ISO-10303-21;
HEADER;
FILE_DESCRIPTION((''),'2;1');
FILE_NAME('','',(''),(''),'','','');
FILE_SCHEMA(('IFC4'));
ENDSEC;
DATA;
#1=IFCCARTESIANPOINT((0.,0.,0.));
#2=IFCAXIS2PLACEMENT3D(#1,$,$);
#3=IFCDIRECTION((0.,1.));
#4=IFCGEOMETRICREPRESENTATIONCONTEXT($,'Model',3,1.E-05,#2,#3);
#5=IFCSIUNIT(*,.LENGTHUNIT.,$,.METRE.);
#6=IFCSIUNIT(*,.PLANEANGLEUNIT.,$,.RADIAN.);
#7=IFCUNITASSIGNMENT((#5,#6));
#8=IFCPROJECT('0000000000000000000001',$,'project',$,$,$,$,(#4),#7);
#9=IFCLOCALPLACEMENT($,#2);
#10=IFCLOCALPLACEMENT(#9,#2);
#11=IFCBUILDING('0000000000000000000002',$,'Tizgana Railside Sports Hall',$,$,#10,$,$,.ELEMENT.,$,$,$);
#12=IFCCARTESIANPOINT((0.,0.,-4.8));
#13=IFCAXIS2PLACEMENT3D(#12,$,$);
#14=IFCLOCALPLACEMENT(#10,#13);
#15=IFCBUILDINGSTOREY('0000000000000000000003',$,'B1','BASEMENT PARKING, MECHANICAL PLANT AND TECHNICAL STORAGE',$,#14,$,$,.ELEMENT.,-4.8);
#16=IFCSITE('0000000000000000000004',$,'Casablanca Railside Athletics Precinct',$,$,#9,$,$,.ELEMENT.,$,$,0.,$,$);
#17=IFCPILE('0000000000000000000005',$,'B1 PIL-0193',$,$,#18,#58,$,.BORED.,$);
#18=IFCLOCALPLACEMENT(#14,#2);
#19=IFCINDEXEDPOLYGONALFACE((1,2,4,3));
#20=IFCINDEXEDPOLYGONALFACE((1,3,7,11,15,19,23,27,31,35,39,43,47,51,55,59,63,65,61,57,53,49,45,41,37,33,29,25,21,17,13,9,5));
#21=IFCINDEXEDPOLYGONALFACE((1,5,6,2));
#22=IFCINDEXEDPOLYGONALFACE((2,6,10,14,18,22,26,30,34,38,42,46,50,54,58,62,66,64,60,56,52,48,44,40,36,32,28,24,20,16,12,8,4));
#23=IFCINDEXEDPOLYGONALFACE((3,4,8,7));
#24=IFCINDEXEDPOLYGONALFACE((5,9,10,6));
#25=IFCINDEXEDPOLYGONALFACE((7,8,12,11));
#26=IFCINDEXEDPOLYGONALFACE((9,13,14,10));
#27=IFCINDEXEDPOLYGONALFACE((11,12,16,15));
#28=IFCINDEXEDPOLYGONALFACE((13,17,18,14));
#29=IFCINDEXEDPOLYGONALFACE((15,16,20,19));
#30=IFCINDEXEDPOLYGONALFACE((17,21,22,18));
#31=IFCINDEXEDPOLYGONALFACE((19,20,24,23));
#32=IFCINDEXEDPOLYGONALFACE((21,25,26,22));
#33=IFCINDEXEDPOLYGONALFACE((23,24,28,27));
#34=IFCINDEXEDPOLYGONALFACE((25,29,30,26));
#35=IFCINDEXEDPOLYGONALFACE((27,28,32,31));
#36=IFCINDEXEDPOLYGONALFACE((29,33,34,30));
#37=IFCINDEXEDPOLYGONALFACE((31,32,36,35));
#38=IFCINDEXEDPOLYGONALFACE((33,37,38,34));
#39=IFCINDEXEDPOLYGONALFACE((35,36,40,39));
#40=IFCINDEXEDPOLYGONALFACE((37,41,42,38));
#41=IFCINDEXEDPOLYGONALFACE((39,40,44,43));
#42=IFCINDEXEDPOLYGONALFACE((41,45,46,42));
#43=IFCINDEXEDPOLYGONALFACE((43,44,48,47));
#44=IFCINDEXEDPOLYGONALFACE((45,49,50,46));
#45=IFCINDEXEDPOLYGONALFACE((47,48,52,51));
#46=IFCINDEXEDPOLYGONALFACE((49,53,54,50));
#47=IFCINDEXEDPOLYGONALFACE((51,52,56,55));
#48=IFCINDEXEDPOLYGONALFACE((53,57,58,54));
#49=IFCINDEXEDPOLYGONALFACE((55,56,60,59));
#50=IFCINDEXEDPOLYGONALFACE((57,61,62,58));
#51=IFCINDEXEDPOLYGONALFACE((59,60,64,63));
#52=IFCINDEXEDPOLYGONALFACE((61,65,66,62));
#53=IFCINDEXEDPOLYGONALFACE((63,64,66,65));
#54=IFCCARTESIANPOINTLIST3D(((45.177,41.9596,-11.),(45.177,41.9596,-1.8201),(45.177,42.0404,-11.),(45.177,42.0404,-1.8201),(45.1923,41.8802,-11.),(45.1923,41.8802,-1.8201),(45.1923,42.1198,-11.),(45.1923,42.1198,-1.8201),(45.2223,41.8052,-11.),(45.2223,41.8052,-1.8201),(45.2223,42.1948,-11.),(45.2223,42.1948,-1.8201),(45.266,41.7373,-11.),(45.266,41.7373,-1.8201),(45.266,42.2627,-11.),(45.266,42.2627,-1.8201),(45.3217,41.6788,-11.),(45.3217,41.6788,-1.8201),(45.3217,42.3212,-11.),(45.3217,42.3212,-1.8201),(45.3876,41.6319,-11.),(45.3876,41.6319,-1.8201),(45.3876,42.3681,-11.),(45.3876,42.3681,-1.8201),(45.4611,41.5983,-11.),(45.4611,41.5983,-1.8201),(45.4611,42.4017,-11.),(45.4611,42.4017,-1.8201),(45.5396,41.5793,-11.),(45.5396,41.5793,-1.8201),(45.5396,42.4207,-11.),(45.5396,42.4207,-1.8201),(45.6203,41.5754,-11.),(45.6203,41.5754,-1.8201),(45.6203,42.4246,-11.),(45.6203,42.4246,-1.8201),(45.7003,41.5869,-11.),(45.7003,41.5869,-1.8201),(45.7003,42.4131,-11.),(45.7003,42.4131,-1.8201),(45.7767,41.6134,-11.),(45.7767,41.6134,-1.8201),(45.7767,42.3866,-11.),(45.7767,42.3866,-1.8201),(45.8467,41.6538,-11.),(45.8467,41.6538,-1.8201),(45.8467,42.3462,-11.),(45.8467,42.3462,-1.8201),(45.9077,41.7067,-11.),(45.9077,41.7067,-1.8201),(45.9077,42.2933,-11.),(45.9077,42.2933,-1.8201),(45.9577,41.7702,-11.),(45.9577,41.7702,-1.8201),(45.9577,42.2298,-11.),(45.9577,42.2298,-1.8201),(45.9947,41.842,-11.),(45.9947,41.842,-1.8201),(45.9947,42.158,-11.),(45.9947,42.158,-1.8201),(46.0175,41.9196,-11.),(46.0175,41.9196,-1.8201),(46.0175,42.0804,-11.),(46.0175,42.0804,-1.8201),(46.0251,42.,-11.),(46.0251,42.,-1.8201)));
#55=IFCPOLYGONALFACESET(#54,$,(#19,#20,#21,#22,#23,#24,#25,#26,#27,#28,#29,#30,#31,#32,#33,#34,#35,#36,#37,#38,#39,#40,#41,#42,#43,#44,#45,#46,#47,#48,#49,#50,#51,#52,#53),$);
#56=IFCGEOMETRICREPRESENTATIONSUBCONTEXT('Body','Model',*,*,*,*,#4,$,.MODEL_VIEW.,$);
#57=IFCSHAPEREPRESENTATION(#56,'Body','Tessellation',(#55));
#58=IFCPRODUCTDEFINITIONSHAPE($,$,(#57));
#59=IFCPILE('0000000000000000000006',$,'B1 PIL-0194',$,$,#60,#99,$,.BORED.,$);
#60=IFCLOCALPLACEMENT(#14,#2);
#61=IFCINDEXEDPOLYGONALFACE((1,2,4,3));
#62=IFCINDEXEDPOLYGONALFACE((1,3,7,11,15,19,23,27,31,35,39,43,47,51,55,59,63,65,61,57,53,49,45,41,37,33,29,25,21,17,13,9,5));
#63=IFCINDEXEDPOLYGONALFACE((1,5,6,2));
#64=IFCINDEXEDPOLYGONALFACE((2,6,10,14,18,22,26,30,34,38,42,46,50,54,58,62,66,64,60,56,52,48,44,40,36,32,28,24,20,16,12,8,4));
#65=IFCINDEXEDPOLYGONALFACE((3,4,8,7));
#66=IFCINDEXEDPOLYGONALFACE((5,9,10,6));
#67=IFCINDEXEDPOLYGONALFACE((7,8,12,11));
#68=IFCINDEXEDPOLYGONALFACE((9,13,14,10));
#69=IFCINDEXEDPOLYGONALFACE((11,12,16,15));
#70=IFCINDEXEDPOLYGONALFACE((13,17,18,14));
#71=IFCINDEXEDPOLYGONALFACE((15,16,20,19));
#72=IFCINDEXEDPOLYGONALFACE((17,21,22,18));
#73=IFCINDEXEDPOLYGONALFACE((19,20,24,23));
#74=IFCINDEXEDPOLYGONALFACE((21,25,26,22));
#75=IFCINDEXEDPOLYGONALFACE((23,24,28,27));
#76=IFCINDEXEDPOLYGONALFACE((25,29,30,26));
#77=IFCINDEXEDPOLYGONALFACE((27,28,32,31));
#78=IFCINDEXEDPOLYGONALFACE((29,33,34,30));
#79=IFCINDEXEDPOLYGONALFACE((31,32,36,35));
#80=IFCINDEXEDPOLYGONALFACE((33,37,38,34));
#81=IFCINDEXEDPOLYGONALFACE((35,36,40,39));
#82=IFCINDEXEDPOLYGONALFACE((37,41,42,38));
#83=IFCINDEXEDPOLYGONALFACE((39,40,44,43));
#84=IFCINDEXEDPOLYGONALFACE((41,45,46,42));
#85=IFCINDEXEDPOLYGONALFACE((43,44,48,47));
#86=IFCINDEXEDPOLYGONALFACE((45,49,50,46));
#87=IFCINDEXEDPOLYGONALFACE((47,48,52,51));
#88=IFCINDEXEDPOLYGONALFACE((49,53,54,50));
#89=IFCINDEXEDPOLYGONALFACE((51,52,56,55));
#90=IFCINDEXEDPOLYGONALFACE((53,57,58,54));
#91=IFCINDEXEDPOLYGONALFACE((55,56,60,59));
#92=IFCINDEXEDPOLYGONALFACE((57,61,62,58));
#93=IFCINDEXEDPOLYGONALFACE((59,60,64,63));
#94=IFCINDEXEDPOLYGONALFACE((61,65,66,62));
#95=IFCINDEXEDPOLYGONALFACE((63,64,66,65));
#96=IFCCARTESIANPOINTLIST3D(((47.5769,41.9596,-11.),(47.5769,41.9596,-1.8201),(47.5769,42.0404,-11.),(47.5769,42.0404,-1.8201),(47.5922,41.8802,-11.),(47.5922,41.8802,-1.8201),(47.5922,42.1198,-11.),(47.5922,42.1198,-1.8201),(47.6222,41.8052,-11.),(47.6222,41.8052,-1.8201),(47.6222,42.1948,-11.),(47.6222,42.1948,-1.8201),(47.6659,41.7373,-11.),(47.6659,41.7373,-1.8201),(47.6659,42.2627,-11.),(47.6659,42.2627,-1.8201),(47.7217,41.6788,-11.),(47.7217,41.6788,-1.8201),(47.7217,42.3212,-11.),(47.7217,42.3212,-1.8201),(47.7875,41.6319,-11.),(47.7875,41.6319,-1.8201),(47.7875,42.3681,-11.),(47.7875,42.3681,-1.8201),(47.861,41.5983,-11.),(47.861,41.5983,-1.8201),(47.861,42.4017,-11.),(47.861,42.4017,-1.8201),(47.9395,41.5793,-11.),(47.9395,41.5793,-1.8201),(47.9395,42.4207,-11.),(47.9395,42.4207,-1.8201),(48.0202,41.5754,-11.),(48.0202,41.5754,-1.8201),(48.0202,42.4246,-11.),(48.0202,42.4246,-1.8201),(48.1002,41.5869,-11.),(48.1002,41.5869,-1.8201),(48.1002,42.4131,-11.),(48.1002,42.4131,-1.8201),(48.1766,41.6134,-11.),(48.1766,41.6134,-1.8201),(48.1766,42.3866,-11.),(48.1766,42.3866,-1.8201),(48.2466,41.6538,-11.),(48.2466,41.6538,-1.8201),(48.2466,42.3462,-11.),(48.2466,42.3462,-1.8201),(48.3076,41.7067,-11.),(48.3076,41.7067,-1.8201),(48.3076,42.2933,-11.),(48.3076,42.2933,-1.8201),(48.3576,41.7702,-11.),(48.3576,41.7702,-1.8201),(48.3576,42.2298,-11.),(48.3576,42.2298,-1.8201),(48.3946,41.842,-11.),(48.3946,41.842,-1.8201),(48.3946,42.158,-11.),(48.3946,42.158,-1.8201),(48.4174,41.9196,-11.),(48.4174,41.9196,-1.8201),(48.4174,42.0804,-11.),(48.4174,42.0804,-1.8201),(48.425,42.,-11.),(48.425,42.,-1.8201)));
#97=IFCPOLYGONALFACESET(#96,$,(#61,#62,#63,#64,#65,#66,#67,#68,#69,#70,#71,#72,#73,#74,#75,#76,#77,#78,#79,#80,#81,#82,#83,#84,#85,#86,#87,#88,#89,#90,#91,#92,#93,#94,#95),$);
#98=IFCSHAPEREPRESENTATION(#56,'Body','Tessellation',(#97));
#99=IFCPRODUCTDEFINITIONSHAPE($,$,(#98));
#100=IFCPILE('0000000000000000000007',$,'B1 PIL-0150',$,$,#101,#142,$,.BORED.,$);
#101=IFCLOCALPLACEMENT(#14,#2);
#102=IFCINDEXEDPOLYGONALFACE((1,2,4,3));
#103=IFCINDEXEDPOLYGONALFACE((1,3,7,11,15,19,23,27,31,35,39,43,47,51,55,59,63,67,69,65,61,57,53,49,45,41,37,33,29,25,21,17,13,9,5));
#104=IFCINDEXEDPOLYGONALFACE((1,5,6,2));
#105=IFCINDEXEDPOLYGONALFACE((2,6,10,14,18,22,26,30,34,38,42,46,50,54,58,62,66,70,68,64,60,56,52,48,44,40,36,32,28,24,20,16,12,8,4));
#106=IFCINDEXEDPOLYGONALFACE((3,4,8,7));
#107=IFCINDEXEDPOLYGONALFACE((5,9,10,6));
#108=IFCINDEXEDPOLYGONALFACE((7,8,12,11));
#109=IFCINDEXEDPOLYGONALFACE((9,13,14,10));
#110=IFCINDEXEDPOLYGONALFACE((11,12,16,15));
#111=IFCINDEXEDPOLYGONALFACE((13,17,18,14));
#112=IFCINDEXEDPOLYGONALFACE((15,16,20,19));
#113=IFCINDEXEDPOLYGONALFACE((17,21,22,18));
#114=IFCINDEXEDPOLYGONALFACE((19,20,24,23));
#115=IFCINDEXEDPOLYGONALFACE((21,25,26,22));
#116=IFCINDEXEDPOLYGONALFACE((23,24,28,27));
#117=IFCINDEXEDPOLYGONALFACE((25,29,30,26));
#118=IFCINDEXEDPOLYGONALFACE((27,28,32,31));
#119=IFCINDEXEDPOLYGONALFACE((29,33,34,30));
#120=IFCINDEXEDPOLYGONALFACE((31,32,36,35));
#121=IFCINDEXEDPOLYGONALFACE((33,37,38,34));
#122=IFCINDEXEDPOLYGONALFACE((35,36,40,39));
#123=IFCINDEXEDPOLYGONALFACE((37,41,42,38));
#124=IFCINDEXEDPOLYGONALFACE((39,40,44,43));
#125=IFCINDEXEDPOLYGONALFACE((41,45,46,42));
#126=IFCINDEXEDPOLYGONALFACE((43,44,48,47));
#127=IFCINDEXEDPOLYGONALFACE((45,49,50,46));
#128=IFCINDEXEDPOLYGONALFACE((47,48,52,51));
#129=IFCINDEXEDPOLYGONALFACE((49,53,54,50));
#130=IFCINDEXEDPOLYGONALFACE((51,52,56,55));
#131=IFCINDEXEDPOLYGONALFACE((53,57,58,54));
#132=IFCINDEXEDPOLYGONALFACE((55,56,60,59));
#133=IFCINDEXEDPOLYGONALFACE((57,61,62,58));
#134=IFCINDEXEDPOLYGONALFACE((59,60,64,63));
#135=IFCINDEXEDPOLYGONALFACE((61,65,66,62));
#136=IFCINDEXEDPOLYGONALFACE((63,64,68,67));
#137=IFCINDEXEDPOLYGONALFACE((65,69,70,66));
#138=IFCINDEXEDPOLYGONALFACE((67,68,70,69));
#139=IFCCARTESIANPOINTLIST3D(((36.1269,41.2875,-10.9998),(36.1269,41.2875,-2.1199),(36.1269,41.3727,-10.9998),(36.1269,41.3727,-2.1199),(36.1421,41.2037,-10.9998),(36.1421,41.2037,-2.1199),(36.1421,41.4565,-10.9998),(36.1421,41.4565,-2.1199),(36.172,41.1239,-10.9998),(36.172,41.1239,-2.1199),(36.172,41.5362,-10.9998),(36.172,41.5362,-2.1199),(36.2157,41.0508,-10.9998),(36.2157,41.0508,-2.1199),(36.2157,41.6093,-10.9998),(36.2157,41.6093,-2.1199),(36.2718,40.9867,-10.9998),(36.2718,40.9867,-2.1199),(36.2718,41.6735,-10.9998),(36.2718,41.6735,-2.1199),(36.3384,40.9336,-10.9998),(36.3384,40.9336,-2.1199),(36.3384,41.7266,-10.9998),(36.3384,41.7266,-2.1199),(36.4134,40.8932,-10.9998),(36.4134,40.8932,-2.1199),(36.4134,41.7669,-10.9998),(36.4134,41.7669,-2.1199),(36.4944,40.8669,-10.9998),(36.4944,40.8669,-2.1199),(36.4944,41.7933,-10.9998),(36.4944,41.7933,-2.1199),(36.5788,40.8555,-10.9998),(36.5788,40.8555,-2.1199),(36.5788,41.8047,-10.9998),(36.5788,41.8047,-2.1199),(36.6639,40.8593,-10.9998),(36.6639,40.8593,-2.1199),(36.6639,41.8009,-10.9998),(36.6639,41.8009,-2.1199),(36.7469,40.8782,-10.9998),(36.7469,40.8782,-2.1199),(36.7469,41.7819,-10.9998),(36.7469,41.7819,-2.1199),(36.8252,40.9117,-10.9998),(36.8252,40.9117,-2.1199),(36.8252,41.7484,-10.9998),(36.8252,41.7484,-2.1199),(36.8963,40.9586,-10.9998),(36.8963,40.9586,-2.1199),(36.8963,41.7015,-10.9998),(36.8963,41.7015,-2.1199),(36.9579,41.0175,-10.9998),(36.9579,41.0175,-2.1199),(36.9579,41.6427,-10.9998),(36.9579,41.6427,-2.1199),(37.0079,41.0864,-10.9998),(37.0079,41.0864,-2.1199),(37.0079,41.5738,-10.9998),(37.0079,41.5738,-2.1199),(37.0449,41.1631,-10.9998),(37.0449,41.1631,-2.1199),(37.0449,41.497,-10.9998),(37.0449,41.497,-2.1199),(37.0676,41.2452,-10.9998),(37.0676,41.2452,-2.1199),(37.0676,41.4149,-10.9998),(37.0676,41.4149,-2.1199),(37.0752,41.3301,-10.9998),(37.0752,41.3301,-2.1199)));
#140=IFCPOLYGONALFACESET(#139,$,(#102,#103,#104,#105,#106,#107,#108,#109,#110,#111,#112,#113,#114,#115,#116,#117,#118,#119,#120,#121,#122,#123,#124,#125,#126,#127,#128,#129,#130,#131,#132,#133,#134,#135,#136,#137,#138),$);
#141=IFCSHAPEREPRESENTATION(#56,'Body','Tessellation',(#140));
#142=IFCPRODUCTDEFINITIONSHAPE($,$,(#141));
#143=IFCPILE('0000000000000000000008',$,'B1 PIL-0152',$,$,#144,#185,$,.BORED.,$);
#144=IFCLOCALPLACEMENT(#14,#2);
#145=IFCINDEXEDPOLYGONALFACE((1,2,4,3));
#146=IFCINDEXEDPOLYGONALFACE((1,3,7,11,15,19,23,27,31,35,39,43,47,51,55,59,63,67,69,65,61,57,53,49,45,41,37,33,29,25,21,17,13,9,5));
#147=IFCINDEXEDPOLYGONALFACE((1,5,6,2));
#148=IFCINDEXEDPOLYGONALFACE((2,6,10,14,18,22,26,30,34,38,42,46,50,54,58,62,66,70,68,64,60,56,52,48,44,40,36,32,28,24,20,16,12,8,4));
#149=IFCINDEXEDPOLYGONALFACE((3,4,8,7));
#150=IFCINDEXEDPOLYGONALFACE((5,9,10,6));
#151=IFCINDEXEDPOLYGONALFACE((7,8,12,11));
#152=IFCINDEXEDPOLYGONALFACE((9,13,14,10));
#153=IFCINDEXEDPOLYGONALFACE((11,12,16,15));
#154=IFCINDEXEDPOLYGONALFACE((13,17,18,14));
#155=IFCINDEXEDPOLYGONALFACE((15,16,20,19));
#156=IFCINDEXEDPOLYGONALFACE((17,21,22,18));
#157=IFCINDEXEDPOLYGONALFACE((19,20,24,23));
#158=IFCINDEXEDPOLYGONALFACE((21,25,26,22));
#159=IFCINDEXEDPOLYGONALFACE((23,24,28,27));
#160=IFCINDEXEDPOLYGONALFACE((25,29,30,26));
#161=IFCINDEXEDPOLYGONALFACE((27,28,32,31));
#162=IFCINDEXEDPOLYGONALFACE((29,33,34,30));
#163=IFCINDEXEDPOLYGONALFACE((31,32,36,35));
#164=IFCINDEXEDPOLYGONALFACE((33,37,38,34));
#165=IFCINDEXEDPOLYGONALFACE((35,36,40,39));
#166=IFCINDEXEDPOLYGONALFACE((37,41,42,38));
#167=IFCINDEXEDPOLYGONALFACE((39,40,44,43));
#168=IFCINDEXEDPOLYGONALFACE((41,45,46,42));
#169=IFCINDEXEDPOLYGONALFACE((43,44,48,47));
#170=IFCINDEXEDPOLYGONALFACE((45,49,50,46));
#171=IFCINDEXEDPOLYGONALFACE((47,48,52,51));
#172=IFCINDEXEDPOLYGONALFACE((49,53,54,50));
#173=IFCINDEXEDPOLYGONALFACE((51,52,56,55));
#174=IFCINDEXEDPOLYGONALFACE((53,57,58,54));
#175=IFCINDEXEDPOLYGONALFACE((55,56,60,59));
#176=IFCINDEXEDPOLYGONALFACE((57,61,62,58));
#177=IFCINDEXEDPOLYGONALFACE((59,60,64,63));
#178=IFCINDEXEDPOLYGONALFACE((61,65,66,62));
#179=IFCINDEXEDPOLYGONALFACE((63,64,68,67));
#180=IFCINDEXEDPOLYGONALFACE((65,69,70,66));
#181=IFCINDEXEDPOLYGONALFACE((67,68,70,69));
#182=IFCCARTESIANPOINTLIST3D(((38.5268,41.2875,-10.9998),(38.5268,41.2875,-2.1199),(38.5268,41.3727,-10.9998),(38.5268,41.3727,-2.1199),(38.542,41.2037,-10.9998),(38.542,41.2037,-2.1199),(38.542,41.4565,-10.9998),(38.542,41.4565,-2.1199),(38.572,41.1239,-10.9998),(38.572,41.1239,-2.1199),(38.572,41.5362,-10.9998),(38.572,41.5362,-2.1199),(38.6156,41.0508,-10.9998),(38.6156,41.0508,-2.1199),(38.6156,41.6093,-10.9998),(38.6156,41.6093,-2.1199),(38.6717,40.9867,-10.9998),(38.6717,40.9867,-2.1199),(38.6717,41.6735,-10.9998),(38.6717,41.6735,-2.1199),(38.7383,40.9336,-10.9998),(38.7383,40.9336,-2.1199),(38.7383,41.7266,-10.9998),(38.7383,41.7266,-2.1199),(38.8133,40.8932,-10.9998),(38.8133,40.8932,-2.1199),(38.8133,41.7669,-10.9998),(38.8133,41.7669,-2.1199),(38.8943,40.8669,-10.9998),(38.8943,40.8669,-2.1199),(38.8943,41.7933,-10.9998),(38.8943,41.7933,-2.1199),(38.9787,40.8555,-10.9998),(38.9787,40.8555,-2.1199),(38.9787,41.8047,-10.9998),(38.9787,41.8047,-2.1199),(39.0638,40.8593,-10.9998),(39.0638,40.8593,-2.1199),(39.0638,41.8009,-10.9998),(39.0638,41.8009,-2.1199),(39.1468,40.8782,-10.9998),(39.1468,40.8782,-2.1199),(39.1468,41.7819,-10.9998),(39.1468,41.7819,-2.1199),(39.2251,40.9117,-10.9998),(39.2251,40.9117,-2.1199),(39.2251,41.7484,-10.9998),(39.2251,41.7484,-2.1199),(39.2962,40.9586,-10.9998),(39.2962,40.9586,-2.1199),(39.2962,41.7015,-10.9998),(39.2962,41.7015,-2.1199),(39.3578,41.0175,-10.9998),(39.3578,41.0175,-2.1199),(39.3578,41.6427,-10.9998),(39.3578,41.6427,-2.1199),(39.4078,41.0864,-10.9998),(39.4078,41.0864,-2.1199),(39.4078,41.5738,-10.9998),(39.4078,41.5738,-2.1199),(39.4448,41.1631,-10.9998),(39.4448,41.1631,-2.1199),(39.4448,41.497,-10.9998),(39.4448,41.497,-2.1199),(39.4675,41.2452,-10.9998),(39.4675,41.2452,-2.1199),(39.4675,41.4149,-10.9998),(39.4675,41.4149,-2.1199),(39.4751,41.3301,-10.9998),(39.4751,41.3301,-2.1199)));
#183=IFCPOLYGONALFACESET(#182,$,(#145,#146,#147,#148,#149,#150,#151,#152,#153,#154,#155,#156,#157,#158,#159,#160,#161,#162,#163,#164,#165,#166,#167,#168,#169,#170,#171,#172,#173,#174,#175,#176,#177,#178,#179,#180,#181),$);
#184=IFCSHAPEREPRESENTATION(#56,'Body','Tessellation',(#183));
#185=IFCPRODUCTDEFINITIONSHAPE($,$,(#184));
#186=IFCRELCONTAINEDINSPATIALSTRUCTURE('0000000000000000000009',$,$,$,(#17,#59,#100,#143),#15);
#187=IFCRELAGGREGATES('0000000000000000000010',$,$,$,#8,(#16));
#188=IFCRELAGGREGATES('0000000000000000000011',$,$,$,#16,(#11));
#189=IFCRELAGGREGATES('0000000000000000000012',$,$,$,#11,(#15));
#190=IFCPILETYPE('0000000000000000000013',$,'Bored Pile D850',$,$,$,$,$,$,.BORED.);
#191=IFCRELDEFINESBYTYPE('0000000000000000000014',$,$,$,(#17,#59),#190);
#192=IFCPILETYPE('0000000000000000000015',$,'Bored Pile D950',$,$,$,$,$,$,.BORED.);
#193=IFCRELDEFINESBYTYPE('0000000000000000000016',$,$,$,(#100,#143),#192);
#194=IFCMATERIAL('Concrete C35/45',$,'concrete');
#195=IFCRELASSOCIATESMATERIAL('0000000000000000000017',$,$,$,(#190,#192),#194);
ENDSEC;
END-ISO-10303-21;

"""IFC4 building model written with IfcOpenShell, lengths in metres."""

from ifc_helpers import new_model, si_unit, direction, frame, origin, origin_2d, place, context, subcontext, project, spatial, circle, extrude, material, material_profile, profile_set, type_object, element, save


model = new_model("IFC4")

# Units and contexts
model_context = context("Model", 3, precision=1e-05, world=origin(), true_north=direction((0.0, 1.0)))
body_context = subcontext(model_context, "Body", "Model", "MODEL_VIEW")
ifc_project = project(units=[si_unit("LENGTHUNIT", "METRE"), si_unit("PLANEANGLEUNIT", "RADIAN")], contexts=[model_context])

# Site, building, storey
site_placement = place(None, origin())
site = spatial("IfcSite", under=ifc_project, at=site_placement, Name="Casablanca Railside Athletics Precinct", CompositionType="ELEMENT", RefElevation=0.0)
building_placement = place(site_placement, origin())
building = spatial("IfcBuilding", under=site, at=building_placement, Name="Tizgana Railside Sports Hall", CompositionType="ELEMENT")
storey_placement = place(building_placement, frame((0.0, 0.0, -4.8)))
storey = spatial("IfcBuildingStorey", under=building, at=storey_placement, Name="B1", Description="BASEMENT PARKING, MECHANICAL PLANT AND TECHNICAL STORAGE", CompositionType="ELEMENT", Elevation=-4.8)

# Piles
ifc_material_1 = material(Name="Concrete C35/45", Category="concrete")
ifc_material_profile_1 = material_profile(ifc_material_1, circle(Radius=0.425, at=origin_2d()), Name="PILE D850")
ifc_profile_set_1 = profile_set([ifc_material_profile_1], Name="Concrete C35/45")
pile_type_1 = type_object("IfcPileType", Name="Bored Pile D850", PredefinedType="BORED", material=ifc_profile_set_1)
for number, where, z_axis, x_axis, name in (
    (1, (45.6001, 42.0, -1.8201), (0.0, 0.0, -1.0), (1.0, 0.0, 0.0), "B1 PIL-0193"),
    (2, (48.0, 42.0, -1.8201), (0.0, 0.0, -1.0), (1.0, 0.0, 0.0), "B1 PIL-0194"),
):
    element("IfcPile", number, at=place(storey_placement, frame(where, z_axis=z_axis, x_axis=x_axis)), inside=storey, type_object=pile_type_1, Name=name, PredefinedType="BORED", context=body_context, shape_type="SweptSolid", body=[
        extrude(circle(Radius=0.425, at=origin_2d()), origin(), (0.0, 0.0, 1.0), 9.1799),
    ])
ifc_material_profile_2 = material_profile(ifc_material_1, circle(Radius=0.4751, at=origin_2d()), Name="PILE D950")
ifc_profile_set_2 = profile_set([ifc_material_profile_2], Name="Concrete C35/45")
pile_type_2 = type_object("IfcPileType", Name="Bored Pile D950", PredefinedType="BORED", material=ifc_profile_set_2)
for number, where, z_axis, x_axis, name in (
    (3, (36.6001, 41.3301, -2.1199), (0.0, 0.0, -1.0), (1.0, 0.0, 0.0), "B1 PIL-0150"),
    (4, (39.0, 41.3301, -2.1199), (0.0, 0.0, -1.0), (1.0, 0.0, 0.0), "B1 PIL-0152"),
):
    element("IfcPile", number, at=place(storey_placement, frame(where, z_axis=z_axis, x_axis=x_axis)), inside=storey, type_object=pile_type_2, Name=name, PredefinedType="BORED", context=body_context, shape_type="SweptSolid", body=[
        extrude(circle(Radius=0.4751, at=origin_2d()), origin(), (0.0, 0.0, 1.0), 8.8799),
    ])

save(model, "model.ifc")
